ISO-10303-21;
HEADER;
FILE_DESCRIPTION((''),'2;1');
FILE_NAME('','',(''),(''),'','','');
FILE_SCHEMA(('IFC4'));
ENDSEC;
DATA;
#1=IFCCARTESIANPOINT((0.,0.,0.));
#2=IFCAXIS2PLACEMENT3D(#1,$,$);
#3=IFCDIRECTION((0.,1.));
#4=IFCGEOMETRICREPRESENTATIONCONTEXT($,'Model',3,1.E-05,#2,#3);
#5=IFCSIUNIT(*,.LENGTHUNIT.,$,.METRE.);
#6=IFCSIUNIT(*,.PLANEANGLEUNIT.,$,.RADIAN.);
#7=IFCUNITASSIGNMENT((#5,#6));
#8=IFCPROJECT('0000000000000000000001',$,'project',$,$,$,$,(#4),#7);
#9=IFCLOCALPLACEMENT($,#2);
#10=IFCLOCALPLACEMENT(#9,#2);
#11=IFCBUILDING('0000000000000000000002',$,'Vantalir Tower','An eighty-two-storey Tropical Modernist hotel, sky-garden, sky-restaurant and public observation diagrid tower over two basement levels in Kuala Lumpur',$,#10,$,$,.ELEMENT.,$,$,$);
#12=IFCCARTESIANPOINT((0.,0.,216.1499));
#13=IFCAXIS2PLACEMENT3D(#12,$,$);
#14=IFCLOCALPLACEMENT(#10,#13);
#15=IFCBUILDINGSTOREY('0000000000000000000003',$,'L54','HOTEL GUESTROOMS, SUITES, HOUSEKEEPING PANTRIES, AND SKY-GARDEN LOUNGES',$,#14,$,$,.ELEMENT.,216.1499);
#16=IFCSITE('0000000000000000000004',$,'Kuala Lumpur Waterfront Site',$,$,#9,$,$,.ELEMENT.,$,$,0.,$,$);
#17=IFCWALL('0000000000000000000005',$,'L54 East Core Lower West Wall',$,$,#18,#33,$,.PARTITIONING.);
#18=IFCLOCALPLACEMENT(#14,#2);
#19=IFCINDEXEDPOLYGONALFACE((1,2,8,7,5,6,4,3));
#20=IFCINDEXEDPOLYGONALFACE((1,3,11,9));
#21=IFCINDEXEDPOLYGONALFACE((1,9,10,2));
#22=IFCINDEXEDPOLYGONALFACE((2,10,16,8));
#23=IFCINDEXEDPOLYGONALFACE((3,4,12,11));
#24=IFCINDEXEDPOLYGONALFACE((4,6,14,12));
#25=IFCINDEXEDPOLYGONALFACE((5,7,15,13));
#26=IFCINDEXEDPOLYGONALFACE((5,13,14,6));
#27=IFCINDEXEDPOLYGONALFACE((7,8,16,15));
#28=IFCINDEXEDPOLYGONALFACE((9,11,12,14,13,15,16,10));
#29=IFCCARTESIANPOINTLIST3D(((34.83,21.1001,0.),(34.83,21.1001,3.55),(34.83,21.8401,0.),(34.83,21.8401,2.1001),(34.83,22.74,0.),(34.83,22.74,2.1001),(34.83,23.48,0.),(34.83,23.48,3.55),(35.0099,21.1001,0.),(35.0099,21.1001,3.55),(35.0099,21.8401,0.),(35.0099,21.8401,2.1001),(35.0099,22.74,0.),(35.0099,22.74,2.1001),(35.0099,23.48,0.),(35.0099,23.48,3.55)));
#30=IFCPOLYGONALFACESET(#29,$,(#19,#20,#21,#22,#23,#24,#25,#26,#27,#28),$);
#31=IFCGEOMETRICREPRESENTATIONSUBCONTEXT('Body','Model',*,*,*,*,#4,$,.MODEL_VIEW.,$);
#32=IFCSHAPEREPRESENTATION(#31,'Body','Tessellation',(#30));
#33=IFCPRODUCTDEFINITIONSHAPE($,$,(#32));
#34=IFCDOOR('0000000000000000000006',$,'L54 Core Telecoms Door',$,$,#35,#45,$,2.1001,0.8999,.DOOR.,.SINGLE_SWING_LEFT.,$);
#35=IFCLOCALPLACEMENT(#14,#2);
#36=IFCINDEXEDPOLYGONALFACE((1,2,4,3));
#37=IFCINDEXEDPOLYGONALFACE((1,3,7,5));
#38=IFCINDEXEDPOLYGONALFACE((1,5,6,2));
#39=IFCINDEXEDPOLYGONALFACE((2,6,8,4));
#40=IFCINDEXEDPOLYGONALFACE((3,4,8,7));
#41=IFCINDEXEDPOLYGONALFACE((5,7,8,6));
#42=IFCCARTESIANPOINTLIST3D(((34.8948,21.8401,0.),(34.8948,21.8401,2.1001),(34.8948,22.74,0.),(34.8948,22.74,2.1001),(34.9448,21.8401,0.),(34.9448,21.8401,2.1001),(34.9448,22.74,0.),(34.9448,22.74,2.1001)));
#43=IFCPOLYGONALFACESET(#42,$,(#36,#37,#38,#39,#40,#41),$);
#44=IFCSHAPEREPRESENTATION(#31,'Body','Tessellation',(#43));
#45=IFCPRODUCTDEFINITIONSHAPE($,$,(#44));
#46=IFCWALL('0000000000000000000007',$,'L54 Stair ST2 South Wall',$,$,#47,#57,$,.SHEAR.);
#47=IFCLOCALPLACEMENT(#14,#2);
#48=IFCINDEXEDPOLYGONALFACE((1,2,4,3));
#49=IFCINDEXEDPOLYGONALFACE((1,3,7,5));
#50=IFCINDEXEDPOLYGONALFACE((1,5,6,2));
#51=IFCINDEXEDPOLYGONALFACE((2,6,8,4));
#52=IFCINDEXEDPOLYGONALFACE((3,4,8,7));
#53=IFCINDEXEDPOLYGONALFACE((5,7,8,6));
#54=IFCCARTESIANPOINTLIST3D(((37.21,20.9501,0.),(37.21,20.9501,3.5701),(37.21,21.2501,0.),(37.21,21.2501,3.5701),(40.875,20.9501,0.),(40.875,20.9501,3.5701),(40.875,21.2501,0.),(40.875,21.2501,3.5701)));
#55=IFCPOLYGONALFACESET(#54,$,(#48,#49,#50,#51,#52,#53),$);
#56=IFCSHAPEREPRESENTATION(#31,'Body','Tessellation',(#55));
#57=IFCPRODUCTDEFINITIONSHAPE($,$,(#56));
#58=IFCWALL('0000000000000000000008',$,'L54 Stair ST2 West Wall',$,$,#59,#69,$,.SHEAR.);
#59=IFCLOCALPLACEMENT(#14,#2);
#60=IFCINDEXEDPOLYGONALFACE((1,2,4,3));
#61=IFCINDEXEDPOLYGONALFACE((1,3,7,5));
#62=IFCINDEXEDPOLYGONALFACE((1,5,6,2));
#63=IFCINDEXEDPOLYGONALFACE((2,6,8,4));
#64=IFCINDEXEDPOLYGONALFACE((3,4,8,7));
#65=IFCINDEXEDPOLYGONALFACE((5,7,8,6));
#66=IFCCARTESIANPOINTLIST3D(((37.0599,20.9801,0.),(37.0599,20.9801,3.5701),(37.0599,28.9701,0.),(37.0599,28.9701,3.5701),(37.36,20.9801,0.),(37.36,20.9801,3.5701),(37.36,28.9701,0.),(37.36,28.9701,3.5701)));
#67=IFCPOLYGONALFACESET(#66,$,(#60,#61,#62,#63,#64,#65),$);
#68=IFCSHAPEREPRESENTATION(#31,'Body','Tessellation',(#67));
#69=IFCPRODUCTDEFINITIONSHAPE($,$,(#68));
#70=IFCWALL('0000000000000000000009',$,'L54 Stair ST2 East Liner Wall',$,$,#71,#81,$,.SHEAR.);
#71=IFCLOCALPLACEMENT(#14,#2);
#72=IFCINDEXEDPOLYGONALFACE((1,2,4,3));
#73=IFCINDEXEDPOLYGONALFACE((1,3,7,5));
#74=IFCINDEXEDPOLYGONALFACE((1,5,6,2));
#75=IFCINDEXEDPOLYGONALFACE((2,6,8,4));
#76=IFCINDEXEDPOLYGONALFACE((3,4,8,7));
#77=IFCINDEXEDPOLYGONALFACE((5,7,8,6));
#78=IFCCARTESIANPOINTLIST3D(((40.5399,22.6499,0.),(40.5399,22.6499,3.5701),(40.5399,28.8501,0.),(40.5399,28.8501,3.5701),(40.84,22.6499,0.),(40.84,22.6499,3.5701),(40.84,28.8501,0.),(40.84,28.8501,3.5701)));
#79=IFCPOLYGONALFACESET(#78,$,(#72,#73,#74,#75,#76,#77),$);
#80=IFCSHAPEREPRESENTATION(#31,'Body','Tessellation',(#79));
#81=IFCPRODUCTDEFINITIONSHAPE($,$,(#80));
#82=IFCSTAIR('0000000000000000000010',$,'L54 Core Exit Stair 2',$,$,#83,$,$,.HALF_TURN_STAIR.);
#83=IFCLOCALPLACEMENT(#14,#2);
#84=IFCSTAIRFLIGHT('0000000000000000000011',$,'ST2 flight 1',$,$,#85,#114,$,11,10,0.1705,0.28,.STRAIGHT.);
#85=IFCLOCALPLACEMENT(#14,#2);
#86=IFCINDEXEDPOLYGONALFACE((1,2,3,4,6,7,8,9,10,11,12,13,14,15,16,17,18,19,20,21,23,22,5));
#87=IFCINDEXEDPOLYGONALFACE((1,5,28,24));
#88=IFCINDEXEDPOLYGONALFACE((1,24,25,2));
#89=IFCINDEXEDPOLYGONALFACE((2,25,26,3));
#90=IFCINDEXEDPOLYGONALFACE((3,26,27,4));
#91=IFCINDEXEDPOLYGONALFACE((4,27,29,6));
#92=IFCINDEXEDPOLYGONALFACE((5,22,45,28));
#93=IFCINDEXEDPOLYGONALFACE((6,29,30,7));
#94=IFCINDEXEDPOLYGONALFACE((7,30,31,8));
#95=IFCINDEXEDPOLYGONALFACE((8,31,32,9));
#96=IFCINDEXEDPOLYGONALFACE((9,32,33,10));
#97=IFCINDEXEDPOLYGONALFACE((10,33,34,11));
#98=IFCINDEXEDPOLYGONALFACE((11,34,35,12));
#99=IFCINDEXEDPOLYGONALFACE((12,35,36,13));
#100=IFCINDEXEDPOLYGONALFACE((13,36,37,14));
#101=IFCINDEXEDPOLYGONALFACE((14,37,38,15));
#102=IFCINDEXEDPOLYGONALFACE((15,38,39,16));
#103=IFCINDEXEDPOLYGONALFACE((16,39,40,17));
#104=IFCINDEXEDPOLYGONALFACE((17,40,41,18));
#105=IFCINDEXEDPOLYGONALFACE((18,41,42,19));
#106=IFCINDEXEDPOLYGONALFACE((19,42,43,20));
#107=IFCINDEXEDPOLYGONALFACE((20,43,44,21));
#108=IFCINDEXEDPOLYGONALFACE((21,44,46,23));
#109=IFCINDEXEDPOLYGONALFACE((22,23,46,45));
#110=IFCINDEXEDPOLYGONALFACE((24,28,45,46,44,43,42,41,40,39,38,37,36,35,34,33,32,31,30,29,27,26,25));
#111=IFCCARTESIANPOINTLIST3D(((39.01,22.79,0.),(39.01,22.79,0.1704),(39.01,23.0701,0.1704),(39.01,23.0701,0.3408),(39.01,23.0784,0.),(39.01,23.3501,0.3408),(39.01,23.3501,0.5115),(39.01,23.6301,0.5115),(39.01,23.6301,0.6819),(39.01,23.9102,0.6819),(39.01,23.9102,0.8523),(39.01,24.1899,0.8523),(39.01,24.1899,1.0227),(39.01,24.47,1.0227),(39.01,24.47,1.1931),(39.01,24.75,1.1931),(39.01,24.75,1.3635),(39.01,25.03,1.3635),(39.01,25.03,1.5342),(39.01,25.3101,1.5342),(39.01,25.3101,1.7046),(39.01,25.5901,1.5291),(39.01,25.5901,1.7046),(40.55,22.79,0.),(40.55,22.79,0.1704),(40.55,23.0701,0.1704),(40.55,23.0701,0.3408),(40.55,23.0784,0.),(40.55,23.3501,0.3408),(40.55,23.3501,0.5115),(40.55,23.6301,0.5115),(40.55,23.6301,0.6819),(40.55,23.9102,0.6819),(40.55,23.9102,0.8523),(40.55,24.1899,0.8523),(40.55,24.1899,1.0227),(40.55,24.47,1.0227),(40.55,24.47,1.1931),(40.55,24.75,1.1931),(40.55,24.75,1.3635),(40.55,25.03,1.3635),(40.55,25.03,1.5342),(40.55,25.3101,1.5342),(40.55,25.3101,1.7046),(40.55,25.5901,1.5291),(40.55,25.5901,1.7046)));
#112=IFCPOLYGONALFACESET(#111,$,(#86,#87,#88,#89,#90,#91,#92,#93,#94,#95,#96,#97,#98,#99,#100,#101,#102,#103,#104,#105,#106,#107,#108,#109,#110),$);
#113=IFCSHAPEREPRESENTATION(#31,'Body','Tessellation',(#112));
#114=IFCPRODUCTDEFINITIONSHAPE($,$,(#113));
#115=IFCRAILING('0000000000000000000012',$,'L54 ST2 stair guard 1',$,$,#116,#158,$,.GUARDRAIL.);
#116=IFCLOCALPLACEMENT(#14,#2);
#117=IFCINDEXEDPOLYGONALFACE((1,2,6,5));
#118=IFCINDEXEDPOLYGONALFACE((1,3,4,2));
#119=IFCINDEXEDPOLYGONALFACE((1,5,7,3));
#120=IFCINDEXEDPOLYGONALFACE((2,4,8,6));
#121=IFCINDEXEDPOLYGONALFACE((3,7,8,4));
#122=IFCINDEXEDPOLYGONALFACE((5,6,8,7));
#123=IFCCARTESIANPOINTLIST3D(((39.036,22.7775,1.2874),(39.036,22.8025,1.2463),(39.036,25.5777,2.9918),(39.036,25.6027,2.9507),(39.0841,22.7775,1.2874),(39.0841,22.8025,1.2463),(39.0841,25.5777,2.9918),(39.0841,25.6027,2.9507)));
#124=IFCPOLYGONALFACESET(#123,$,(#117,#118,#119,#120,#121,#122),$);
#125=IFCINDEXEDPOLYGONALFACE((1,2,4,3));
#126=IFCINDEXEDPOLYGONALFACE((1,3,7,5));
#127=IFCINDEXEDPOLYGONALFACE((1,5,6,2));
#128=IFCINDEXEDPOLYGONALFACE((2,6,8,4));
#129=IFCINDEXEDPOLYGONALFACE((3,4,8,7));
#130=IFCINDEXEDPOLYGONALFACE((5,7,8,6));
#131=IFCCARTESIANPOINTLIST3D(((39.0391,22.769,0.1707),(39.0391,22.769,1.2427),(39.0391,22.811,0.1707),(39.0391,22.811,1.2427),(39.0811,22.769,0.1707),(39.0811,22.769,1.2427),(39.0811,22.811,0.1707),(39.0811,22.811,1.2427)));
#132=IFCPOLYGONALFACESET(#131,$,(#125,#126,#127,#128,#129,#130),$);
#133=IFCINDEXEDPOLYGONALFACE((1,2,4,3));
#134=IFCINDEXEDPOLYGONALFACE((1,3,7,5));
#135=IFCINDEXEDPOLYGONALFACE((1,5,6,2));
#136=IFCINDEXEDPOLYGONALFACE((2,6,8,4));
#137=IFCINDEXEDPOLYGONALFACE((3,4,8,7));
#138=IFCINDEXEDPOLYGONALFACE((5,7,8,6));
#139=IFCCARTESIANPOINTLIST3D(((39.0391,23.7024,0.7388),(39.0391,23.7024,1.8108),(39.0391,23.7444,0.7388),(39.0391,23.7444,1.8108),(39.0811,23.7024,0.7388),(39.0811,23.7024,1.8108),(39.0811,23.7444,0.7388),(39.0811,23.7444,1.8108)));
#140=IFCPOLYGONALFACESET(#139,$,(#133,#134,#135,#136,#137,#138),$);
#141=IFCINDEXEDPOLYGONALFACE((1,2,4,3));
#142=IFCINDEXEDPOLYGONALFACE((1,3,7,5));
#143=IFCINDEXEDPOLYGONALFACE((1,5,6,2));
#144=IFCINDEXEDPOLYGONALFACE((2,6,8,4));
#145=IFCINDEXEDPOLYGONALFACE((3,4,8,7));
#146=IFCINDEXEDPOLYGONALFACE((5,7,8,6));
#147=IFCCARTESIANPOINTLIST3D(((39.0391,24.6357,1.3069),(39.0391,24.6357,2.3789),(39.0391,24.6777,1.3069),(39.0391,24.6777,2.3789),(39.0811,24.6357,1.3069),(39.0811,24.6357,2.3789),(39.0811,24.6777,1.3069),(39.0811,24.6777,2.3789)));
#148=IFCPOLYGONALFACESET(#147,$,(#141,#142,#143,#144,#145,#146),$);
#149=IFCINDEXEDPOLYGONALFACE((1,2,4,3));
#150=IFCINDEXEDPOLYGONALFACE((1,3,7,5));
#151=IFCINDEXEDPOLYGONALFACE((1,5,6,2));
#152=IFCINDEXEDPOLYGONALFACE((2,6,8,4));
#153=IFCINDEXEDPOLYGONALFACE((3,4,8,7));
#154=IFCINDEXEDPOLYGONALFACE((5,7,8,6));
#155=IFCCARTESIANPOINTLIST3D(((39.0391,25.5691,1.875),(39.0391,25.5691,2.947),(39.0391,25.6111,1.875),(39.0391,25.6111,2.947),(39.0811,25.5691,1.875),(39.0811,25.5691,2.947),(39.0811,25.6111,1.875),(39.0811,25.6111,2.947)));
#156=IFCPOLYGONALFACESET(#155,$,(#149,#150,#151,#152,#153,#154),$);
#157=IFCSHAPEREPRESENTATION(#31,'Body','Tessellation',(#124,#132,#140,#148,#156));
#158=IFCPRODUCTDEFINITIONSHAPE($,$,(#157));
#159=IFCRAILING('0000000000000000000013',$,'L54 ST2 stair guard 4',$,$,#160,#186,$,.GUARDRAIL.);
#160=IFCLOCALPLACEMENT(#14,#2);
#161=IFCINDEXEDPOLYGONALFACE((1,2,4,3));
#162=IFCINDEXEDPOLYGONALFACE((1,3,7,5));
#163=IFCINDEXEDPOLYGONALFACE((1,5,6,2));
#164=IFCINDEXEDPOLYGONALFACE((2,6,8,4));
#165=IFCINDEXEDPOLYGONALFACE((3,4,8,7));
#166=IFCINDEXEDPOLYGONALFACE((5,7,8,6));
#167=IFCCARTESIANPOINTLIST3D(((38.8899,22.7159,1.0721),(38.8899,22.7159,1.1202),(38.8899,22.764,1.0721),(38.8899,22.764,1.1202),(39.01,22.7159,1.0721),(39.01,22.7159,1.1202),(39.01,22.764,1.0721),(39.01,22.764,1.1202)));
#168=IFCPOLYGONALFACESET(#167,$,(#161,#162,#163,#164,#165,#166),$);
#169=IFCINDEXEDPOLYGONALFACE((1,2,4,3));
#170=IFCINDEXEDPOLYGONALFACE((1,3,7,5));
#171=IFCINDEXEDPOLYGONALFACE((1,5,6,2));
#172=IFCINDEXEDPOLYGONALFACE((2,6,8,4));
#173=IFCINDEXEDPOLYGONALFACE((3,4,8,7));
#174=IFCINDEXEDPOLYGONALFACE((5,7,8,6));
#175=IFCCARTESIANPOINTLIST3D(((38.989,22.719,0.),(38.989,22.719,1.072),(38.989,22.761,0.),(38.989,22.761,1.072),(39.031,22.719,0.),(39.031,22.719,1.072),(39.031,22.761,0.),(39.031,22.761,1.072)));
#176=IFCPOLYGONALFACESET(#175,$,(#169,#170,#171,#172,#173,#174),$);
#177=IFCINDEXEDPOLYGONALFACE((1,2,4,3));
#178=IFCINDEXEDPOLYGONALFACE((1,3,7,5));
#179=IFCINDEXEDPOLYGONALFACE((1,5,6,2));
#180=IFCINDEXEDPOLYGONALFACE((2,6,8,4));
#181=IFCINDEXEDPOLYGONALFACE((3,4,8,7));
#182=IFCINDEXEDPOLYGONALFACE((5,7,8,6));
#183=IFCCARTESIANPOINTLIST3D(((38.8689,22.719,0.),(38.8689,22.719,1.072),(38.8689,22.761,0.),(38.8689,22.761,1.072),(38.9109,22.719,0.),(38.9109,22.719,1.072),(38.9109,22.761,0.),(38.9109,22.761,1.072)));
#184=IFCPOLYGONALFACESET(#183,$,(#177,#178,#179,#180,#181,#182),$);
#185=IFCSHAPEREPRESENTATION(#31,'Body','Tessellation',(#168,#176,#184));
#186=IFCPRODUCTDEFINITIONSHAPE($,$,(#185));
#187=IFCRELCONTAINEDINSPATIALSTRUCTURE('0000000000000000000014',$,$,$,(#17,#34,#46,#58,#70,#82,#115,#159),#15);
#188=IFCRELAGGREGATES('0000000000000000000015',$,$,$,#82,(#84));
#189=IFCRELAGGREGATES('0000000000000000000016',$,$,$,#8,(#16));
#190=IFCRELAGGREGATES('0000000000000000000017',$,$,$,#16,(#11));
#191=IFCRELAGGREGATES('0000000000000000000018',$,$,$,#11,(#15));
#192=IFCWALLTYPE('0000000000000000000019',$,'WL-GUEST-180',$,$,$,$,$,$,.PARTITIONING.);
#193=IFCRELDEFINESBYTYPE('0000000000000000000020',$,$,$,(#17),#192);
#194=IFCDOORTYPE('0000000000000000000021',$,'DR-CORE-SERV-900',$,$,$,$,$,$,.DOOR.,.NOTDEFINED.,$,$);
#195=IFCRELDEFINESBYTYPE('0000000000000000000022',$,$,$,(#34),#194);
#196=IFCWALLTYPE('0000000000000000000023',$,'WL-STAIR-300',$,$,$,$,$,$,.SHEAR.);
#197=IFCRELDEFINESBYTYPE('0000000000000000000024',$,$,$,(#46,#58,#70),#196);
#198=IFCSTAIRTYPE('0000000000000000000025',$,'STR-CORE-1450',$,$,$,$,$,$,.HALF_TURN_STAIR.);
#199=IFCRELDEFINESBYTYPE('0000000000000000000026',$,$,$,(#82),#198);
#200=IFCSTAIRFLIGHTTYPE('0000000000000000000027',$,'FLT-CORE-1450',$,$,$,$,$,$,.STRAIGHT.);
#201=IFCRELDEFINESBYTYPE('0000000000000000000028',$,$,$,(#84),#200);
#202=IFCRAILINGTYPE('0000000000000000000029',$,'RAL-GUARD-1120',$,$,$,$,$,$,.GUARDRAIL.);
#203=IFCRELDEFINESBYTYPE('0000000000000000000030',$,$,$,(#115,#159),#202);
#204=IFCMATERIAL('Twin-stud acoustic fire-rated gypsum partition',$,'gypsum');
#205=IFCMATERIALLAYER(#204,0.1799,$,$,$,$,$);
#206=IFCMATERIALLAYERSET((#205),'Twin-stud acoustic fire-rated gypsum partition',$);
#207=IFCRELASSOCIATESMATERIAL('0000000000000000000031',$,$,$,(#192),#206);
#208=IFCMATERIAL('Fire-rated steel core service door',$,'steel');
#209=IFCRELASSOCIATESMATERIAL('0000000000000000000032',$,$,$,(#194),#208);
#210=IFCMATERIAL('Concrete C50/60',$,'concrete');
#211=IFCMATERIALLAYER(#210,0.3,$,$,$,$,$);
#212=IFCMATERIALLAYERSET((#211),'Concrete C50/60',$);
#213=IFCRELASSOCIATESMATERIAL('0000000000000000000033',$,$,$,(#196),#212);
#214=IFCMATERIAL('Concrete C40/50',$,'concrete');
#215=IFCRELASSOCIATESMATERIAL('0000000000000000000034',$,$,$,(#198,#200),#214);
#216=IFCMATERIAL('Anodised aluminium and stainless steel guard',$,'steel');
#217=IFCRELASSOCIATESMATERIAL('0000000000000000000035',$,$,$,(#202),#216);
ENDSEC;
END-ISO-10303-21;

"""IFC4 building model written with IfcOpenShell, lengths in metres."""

from ifc_helpers import new_model, si_unit, direction, frame, frame_2d, origin, origin_2d, place, context, subcontext, project, spatial, polyline, rectangle, outline, extrude, material, layer, layer_set, type_object, element, fill, aggregate, save


model = new_model("IFC4")

# Units and contexts
model_context = context("Model", 3, precision=1e-05, world=origin(), true_north=direction((0.0, 1.0)))
body_context = subcontext(model_context, "Body", "Model", "MODEL_VIEW")
ifc_project = project(units=[si_unit("LENGTHUNIT", "METRE"), si_unit("PLANEANGLEUNIT", "RADIAN")], contexts=[model_context])

# Site, building, storey
site_placement = place(None, origin())
site = spatial("IfcSite", under=ifc_project, at=site_placement, Name="Kuala Lumpur Waterfront Site", CompositionType="ELEMENT", RefElevation=0.0)
building_placement = place(site_placement, origin())
building = spatial("IfcBuilding", under=site, at=building_placement, Name="Vantalir Tower", Description="An eighty-two-storey Tropical Modernist hotel, sky-garden, sky-restaurant and public observation diagrid tower over two basement levels in Kuala Lumpur", CompositionType="ELEMENT")
storey_placement = place(building_placement, frame((0.0, 0.0, 216.1499)))
storey = spatial("IfcBuildingStorey", under=building, at=storey_placement, Name="L54", Description="HOTEL GUESTROOMS, SUITES, HOUSEKEEPING PANTRIES, AND SKY-GARDEN LOUNGES", CompositionType="ELEMENT", Elevation=216.1499)

# Shared definitions
ifc_material_1 = material(Name="Concrete C50/60", Category="concrete")

# Shared definitions
ifc_material_2 = material(Name="Twin-stud acoustic fire-rated gypsum partition", Category="gypsum")
ifc_layer_1 = layer(ifc_material_2, 0.1799)
ifc_layer_set_1 = layer_set([ifc_layer_1], Name="Twin-stud acoustic fire-rated gypsum partition")
wall_type_1 = type_object("IfcWallType", Name="WL-GUEST-180", PredefinedType="PARTITIONING", material=ifc_layer_set_1)

# Wall, opening, door
wall_1_placement = place(storey_placement, frame((34.9199, 21.1001, 0.0), z_axis=(0.0, 0.0, 1.0), x_axis=(0.0, 1.0, 0.0)))
wall_1 = element("IfcWall", 1, at=wall_1_placement, inside=storey, type_object=wall_type_1, Name="L54 East Core Lower West Wall", PredefinedType="PARTITIONING", context=body_context, shape_type="SweptSolid", body=[
    extrude(rectangle(XDim=2.3799, YDim=0.1799, at=frame_2d((1.1899, 0.0))), origin(), (0.0, 0.0, 1.0), 3.55),
])
opening_placement = place(wall_1_placement, frame((0.74, 0.0, 0.0)))
opening = element("IfcOpeningElement", 2, at=opening_placement, cuts=wall_1, PredefinedType="OPENING", context=body_context, shape_type="SweptSolid", body=[
    extrude(rectangle(XDim=0.8999, YDim=2.1001, at=frame_2d((0.45, 1.05))), frame((0.0, 0.0999, 0.0), z_axis=(0.0, -1.0, 0.0), x_axis=(1.0, 0.0, 0.0)), (0.0, 0.0, 1.0), 0.2),
])
ifc_material_3 = material(Name="Fire-rated steel core service door", Category="steel")
door_type = type_object("IfcDoorType", Name="DR-CORE-SERV-900", OperationType="NOTDEFINED", PredefinedType="DOOR", material=ifc_material_3)
door_placement = place(opening_placement, frame((0.8999, 0.0, 0.0), z_axis=(0.0, 0.0, 1.0), x_axis=(-1.0, 0.0, 0.0)))
door = element("IfcDoor", 3, at=door_placement, inside=storey, type_object=door_type, Name="L54 Core Telecoms Door", OperationType="SINGLE_SWING_LEFT", OverallHeight=2.1001, OverallWidth=0.8999, PredefinedType="DOOR", context=body_context, shape_type="SweptSolid", body=[
    extrude(rectangle(XDim=0.8999, YDim=2.1001, at=frame_2d((0.45, 1.05))), frame((0.0, 0.0249, 0.0), z_axis=(0.0, -1.0, 0.0), x_axis=(1.0, 0.0, 0.0)), (0.0, 0.0, 1.0), 0.05),
])
fill(opening, door)

# Walls
ifc_layer_2 = layer(ifc_material_1, 0.3)
ifc_layer_set_2 = layer_set([ifc_layer_2], Name="Concrete C50/60")
wall_type_2 = type_object("IfcWallType", Name="WL-STAIR-300", PredefinedType="SHEAR", material=ifc_layer_set_2)
wall_2_placement = place(storey_placement, frame((37.21, 21.1001, 0.0), z_axis=(0.0, 0.0, 1.0), x_axis=(1.0, 0.0, 0.0)))
element("IfcWall", 4, at=wall_2_placement, inside=storey, type_object=wall_type_2, Name="L54 Stair ST2 South Wall", PredefinedType="SHEAR", context=body_context, shape_type="SweptSolid", body=[
    extrude(rectangle(XDim=3.665, YDim=0.3, at=frame_2d((1.8325, 0.0))), origin(), (0.0, 0.0, 1.0), 3.5701),
])
wall_3_placement = place(storey_placement, frame((37.21, 20.98, 0.0), z_axis=(0.0, 0.0, 1.0), x_axis=(0.0, 1.0, 0.0)))
element("IfcWall", 5, at=wall_3_placement, inside=storey, type_object=wall_type_2, Name="L54 Stair ST2 West Wall", PredefinedType="SHEAR", context=body_context, shape_type="SweptSolid", body=[
    extrude(rectangle(XDim=7.99, YDim=0.3, at=frame_2d((3.9951, 0.0))), origin(), (0.0, 0.0, 1.0), 3.5701),
])
wall_4_placement = place(storey_placement, frame((40.6899, 22.6499, 0.0), z_axis=(0.0, 0.0, 1.0), x_axis=(0.0, 1.0, 0.0)))
element("IfcWall", 6, at=wall_4_placement, inside=storey, type_object=wall_type_2, Name="L54 Stair ST2 East Liner Wall", PredefinedType="SHEAR", context=body_context, shape_type="SweptSolid", body=[
    extrude(rectangle(XDim=6.2002, YDim=0.3, at=frame_2d((3.1001, 0.0))), origin(), (0.0, 0.0, 1.0), 3.5701),
])

# Stair, stair flight
ifc_material_4 = material(Name="Concrete C40/50", Category="concrete")
stair_type = type_object("IfcStairType", Name="STR-CORE-1450", PredefinedType="HALF_TURN_STAIR", material=ifc_material_4)
stair_placement = place(storey_placement, origin())
stair = element("IfcStair", 7, at=stair_placement, inside=storey, type_object=stair_type, Name="L54 Core Exit Stair 2", PredefinedType="HALF_TURN_STAIR")
stair_flight_type = type_object("IfcStairFlightType", Name="FLT-CORE-1450", PredefinedType="STRAIGHT", material=ifc_material_4)
stair_flight_placement = place(storey_placement, frame((39.78, 22.79, 0.0), z_axis=(0.0, 0.0, 1.0), x_axis=(0.0, 1.0, 0.0)))
stair_flight = element("IfcStairFlight", 8, at=stair_flight_placement, type_object=stair_flight_type, Name="ST2 flight 1", NumberOfRisers=11, NumberOfTreads=10, PredefinedType="STRAIGHT", RiserHeight=0.1705, TreadLength=0.28, context=body_context, shape_type="SweptSolid", body=[
    extrude(outline(polyline([(0.0, 0.0), (0.0, 0.1704), (0.28, 0.1704), (0.28, 0.3408), (0.5601, 0.3408), (0.5601, 0.5115), (0.8401, 0.5115), (0.8401, 0.6819), (1.1201, 0.6819), (1.1201, 0.8523), (1.3999, 0.8523), (1.3999, 1.0227), (1.6799, 1.0227), (1.6799, 1.1931), (1.96, 1.1931), (1.96, 1.3635), (2.24, 1.3635), (2.24, 1.5342), (2.52, 1.5342), (2.52, 1.7046), (2.8, 1.7046), (2.8, 1.875), (2.8, 1.5291), (0.2883, 0.0), (0.0, 0.0)])), frame((0.0, 0.77, 0.0), z_axis=(0.0, -1.0, 0.0), x_axis=(1.0, 0.0, 0.0)), (0.0, 0.0, 1.0), 1.54),
])
aggregate(stair, [stair_flight])

# Railings
ifc_material_5 = material(Name="Anodised aluminium and stainless steel guard", Category="steel")
railing_type_1 = type_object("IfcRailingType", Name="RAL-GUARD-1120", PredefinedType="GUARDRAIL", material=ifc_material_5)
railing_1_placement = place(storey_placement, frame((39.0601, 22.79, 0.1707)))
element("IfcRailing", 9, at=railing_1_placement, inside=storey, type_object=railing_type_1, Name="L54 ST2 stair guard 1", PredefinedType="GUARDRAIL", context=body_context, shape_type="SweptSolid", body=[
    extrude(rectangle(XDim=0.0481, YDim=0.0481, at=origin_2d()), frame((0.0, 0.0, 1.0962), z_axis=(0.0, 0.854203, 0.51994), x_axis=(-1.0, 0.0, 0.0)), (0.0, 0.0, 1.0), 3.2781),
    extrude(rectangle(XDim=0.042, YDim=0.042, at=origin_2d()), origin(), (0.0, 0.0, 1.0), 1.072),
    extrude(rectangle(XDim=0.042, YDim=0.042, at=origin_2d()), frame((0.0, 0.9333, 0.5681)), (0.0, 0.0, 1.0), 1.072),
    extrude(rectangle(XDim=0.042, YDim=0.042, at=origin_2d()), frame((0.0, 1.8667, 1.1362)), (0.0, 0.0, 1.0), 1.072),
    extrude(rectangle(XDim=0.042, YDim=0.042, at=origin_2d()), frame((0.0, 2.8, 1.7043)), (0.0, 0.0, 1.0), 1.072),
])
railing_2_placement = place(storey_placement, frame((39.01, 22.74, 0.0)))
element("IfcRailing", 10, at=railing_2_placement, inside=storey, type_object=railing_type_1, Name="L54 ST2 stair guard 4", PredefinedType="GUARDRAIL", context=body_context, shape_type="SweptSolid", body=[
    extrude(rectangle(XDim=0.0481, YDim=0.0481, at=origin_2d()), frame((0.0, 0.0, 1.0962), z_axis=(-1.0, 0.0, 0.0), x_axis=(0.0, -1.0, 0.0)), (0.0, 0.0, 1.0), 0.1201),
    extrude(rectangle(XDim=0.042, YDim=0.042, at=origin_2d()), origin(), (0.0, 0.0, 1.0), 1.072),
    extrude(rectangle(XDim=0.042, YDim=0.042, at=origin_2d()), frame((-0.1201, 0.0, 0.0)), (0.0, 0.0, 1.0), 1.072),
])

save(model, "model.ifc")
